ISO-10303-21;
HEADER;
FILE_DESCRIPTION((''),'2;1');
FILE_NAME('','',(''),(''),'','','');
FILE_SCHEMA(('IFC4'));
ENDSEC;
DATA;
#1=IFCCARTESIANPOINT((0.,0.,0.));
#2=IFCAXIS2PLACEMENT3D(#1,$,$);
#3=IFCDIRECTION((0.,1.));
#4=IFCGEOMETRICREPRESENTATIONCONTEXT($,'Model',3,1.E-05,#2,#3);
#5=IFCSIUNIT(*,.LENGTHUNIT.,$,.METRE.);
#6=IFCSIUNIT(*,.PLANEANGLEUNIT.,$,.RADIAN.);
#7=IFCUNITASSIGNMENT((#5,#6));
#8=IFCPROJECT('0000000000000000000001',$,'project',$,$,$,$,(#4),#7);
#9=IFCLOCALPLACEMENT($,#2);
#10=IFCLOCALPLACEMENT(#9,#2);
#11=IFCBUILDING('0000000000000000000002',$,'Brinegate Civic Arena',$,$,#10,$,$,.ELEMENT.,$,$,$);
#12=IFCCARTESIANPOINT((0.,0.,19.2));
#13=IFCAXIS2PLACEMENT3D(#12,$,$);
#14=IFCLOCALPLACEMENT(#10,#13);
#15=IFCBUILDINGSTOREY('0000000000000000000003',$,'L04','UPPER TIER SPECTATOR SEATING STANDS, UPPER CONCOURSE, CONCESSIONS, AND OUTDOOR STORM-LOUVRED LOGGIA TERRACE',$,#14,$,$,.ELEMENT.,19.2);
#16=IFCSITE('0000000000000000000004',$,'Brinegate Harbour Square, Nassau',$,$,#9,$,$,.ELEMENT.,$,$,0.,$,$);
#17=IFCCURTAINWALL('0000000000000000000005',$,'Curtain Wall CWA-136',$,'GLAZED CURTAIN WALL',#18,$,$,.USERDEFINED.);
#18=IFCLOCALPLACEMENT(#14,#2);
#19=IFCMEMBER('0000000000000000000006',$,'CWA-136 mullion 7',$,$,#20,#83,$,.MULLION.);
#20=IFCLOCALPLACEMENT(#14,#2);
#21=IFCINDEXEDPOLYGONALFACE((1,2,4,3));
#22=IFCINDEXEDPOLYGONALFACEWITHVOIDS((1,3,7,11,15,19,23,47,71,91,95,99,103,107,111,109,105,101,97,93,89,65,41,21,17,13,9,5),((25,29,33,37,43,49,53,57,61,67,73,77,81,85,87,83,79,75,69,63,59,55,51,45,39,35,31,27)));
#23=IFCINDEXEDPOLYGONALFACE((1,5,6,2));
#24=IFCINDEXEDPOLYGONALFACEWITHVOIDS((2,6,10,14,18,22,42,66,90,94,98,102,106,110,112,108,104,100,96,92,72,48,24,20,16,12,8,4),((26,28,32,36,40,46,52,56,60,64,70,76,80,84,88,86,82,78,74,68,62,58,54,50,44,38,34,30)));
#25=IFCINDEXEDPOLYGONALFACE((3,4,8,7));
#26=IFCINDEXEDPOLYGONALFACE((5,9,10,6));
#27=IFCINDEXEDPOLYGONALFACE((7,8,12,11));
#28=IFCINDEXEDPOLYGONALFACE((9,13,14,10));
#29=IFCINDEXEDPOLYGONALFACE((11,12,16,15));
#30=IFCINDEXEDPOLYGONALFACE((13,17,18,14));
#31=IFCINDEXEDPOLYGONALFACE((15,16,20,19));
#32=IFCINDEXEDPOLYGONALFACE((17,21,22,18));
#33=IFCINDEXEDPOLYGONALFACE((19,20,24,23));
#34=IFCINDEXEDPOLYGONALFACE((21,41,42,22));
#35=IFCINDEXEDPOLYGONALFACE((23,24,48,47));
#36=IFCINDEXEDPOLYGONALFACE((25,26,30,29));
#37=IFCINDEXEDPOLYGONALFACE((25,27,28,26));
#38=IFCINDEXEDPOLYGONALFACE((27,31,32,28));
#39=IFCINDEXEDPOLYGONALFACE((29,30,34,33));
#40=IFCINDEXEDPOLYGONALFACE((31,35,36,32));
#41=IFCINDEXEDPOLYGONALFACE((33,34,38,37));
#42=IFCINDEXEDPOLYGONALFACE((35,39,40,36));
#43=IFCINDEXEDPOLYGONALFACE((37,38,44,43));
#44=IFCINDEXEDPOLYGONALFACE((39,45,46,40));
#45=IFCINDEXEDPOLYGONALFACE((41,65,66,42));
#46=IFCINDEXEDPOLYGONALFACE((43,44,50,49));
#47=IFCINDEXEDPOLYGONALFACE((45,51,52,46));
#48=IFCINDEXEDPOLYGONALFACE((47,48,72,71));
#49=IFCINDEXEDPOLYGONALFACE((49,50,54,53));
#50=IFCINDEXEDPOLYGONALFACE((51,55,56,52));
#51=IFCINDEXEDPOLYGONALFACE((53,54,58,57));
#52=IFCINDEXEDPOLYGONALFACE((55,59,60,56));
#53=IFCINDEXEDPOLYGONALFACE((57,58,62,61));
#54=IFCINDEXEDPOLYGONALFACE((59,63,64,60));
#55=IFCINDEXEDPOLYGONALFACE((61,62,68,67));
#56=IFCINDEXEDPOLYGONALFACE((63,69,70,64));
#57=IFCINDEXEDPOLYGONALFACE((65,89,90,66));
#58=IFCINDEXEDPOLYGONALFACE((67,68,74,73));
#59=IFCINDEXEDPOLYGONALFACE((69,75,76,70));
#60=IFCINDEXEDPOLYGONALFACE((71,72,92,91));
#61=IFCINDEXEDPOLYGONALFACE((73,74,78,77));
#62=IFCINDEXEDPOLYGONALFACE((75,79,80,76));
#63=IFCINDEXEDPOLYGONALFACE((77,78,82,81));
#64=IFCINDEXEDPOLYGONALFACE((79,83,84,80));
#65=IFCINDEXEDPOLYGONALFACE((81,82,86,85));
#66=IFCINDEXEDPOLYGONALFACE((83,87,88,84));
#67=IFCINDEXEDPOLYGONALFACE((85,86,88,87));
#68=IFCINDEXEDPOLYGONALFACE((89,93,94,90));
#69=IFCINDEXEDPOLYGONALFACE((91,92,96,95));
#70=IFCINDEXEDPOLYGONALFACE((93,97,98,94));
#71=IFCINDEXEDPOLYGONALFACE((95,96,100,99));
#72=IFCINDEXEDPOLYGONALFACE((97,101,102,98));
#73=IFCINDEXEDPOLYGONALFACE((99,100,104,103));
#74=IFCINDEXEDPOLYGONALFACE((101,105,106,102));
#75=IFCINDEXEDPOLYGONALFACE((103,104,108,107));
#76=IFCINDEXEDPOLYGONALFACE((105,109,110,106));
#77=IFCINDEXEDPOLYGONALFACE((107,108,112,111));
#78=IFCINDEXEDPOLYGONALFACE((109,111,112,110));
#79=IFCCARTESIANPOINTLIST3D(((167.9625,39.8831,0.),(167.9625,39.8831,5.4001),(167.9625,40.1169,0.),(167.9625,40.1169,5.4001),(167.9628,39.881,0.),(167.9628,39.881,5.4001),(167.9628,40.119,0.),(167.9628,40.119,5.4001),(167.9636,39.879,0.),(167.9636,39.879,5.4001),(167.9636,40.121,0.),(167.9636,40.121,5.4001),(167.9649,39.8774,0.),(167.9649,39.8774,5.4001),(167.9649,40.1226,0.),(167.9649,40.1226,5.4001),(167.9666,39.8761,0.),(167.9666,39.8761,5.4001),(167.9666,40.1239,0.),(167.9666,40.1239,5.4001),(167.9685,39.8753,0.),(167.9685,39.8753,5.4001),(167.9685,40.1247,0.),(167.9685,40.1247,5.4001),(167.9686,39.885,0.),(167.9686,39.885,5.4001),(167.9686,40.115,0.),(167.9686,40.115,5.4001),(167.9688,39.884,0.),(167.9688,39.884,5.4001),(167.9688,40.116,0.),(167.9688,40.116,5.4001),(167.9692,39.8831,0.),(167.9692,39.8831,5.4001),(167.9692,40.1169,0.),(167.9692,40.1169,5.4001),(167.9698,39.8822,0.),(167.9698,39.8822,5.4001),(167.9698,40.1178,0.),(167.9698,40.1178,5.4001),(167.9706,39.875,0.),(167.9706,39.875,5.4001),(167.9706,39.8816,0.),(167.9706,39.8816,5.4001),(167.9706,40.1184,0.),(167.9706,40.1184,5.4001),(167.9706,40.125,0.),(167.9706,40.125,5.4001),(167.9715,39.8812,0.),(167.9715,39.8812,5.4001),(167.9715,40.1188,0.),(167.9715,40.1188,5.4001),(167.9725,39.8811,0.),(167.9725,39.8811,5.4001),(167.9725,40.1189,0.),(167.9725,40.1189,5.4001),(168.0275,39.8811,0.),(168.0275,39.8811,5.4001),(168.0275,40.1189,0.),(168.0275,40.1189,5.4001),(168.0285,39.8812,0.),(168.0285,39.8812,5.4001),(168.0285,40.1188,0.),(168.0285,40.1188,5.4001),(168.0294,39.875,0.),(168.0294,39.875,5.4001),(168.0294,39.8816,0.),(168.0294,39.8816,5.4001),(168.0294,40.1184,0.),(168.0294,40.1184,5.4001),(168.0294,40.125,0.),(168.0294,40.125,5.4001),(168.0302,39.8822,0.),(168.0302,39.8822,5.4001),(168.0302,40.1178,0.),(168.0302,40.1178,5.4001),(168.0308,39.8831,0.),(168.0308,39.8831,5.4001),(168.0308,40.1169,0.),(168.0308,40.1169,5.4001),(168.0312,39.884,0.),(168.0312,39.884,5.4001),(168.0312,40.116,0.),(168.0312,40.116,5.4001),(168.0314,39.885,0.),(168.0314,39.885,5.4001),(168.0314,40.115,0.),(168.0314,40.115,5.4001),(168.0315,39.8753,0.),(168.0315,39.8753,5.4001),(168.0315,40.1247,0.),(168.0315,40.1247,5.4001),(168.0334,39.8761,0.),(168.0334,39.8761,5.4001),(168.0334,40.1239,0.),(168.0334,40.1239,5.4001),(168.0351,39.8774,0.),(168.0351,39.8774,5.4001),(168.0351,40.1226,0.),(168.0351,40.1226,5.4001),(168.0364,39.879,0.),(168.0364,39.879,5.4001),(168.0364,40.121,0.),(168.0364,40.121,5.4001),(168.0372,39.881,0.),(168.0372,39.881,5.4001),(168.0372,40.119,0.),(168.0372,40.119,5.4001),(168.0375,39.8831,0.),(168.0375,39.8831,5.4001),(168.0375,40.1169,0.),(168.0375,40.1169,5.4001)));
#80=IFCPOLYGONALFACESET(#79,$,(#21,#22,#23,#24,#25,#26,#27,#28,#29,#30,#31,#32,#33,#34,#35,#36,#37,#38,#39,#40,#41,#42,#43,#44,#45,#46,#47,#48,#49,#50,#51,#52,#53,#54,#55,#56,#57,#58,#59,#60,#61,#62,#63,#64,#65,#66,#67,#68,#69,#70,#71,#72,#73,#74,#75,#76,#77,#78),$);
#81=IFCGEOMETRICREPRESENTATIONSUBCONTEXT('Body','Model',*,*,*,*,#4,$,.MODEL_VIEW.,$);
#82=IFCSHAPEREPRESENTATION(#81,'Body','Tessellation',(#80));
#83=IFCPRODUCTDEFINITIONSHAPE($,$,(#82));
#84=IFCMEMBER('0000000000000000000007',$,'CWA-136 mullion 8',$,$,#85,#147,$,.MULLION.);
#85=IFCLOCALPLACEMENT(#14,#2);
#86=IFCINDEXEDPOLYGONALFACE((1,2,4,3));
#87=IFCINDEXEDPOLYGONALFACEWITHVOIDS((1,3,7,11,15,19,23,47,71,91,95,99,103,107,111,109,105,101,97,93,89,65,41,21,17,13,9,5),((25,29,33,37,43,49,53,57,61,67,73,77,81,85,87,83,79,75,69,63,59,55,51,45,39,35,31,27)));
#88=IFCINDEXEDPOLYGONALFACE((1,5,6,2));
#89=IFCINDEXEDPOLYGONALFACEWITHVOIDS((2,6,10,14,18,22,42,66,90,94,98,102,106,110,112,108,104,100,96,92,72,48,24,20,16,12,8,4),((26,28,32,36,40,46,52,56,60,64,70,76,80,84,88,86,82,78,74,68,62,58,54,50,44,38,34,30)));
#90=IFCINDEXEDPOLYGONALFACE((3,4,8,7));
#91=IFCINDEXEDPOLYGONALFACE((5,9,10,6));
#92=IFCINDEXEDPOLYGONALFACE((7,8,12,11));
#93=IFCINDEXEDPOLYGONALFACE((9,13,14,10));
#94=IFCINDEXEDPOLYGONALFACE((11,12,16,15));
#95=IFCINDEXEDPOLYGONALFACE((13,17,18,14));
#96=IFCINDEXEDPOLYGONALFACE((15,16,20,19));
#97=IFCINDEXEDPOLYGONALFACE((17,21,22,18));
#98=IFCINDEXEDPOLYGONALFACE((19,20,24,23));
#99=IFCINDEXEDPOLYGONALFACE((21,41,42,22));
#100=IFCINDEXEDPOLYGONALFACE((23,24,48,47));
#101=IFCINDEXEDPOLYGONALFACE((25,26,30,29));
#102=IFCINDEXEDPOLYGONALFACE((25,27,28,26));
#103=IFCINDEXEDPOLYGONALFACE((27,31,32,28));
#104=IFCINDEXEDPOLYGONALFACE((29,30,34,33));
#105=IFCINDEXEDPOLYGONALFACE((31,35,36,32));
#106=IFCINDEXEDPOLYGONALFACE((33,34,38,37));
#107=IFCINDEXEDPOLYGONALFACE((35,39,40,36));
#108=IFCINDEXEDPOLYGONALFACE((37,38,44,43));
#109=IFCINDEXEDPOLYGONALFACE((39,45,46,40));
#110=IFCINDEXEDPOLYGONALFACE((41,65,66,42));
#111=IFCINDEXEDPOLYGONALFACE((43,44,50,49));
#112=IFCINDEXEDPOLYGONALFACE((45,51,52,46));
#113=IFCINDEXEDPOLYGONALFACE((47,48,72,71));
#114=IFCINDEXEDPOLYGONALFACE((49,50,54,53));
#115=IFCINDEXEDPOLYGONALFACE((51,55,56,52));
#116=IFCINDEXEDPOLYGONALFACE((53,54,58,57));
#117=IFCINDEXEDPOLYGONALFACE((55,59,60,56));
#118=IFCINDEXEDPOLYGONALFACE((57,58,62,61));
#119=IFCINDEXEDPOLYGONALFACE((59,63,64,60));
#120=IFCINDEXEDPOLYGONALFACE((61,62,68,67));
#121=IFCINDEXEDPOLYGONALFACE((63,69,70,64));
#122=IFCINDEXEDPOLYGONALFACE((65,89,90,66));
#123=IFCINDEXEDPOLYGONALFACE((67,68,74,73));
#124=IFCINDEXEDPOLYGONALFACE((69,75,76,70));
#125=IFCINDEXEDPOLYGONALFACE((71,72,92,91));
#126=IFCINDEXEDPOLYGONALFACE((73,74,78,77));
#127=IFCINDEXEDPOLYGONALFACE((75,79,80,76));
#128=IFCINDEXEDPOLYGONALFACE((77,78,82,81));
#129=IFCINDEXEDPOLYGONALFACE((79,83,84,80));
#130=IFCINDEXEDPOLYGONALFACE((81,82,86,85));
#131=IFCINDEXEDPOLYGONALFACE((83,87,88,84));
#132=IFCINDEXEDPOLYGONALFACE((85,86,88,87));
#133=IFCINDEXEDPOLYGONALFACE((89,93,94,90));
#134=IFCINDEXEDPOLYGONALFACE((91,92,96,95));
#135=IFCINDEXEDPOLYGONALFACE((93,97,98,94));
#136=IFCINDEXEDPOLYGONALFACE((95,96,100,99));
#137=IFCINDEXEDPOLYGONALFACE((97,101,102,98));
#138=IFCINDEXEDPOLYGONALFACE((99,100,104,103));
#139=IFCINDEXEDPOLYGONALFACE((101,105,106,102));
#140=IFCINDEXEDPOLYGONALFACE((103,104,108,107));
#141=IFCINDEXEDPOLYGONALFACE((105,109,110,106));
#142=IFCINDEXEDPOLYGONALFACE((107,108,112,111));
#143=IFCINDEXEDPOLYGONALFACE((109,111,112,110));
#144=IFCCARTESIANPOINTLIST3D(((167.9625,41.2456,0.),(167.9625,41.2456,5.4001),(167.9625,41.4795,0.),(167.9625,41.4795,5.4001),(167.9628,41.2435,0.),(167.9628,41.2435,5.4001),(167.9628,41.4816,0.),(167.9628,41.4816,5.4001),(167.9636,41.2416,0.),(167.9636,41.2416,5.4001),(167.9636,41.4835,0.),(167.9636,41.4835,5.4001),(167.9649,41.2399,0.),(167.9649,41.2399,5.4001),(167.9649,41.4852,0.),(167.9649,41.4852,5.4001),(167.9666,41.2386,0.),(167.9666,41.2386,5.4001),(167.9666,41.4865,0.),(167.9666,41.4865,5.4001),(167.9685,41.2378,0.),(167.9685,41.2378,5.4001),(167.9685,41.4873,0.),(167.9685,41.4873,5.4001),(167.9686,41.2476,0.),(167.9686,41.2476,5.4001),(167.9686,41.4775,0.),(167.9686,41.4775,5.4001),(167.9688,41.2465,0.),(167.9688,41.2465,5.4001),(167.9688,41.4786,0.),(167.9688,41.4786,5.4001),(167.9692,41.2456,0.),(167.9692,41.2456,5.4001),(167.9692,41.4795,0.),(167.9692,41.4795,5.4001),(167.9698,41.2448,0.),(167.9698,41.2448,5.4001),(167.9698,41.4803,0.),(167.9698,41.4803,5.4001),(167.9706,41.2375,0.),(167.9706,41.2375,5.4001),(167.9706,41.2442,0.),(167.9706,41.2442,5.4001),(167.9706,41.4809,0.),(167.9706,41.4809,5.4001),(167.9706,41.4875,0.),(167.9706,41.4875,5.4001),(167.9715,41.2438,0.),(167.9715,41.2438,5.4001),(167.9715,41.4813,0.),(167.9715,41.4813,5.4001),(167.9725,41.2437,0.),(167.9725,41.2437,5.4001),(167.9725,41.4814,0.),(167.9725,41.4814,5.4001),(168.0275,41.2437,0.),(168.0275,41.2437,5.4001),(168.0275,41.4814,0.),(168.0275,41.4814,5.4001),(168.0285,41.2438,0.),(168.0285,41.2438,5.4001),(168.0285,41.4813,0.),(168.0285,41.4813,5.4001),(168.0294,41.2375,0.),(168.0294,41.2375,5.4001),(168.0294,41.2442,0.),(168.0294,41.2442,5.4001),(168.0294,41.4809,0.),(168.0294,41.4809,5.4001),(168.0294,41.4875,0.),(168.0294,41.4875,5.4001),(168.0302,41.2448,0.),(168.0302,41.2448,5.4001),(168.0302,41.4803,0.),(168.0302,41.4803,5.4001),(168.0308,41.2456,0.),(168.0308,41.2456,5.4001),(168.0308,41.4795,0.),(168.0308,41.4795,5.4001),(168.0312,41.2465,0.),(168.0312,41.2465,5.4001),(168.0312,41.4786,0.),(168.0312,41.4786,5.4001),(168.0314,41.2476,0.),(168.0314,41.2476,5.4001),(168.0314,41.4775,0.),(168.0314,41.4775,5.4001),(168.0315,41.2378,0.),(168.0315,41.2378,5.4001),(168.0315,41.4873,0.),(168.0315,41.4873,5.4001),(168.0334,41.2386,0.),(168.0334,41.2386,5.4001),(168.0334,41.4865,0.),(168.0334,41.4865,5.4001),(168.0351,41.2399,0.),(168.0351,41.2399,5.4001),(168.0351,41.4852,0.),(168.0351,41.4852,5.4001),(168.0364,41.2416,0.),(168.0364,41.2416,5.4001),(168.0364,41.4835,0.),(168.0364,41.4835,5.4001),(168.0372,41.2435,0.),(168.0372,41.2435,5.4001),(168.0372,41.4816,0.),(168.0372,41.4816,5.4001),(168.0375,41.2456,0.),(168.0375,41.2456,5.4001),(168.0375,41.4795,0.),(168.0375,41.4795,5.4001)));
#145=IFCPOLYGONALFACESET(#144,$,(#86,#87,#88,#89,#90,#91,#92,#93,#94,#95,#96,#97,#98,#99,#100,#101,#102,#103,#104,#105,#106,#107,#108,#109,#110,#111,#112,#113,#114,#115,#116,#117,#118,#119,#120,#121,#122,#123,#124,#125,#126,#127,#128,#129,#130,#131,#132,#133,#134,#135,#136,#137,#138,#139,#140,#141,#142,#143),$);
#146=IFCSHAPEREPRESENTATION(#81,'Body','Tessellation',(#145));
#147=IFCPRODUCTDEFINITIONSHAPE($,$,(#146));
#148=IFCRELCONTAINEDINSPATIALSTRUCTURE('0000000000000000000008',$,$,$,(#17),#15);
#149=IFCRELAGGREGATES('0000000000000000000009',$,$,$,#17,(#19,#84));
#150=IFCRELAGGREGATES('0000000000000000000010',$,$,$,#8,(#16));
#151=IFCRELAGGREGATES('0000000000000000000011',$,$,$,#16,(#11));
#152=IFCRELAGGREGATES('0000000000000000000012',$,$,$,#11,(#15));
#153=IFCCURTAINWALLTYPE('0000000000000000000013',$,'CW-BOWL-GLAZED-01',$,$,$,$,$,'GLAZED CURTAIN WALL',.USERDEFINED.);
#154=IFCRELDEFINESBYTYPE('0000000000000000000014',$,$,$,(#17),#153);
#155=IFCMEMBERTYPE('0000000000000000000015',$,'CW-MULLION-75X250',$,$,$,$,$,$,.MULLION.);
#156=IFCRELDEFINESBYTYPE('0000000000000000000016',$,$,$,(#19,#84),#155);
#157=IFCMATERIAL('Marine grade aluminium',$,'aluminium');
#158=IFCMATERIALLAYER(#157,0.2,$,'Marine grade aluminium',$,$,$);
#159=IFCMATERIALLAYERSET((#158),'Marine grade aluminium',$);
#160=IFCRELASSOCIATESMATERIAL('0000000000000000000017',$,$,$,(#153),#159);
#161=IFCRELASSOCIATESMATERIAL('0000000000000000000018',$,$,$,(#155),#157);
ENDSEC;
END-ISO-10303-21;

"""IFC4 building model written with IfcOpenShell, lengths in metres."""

from ifc_helpers import new_model, si_unit, direction, frame, origin, origin_2d, place, context, subcontext, project, spatial, hollow_rectangle, extrude, material, layer, layer_set, material_profile, profile_set, type_object, element, aggregate, save


model = new_model("IFC4")

# Units and contexts
model_context = context("Model", 3, precision=1e-05, world=origin(), true_north=direction((0.0, 1.0)))
body_context = subcontext(model_context, "Body", "Model", "MODEL_VIEW")
ifc_project = project(units=[si_unit("LENGTHUNIT", "METRE"), si_unit("PLANEANGLEUNIT", "RADIAN")], contexts=[model_context])

# Site, building, storey
site_placement = place(None, origin())
site = spatial("IfcSite", under=ifc_project, at=site_placement, Name="Brinegate Harbour Square, Nassau", CompositionType="ELEMENT", RefElevation=0.0)
building_placement = place(site_placement, origin())
building = spatial("IfcBuilding", under=site, at=building_placement, Name="Brinegate Civic Arena", CompositionType="ELEMENT")
storey_placement = place(building_placement, frame((0.0, 0.0, 19.2)))
storey = spatial("IfcBuildingStorey", under=building, at=storey_placement, Name="L04", Description="UPPER TIER SPECTATOR SEATING STANDS, UPPER CONCOURSE, CONCESSIONS, AND OUTDOOR STORM-LOUVRED LOGGIA TERRACE", CompositionType="ELEMENT", Elevation=19.2)

# Curtain wall, members
ifc_material_1 = material(Name="Marine grade aluminium", Category="aluminium")
ifc_layer_1 = layer(ifc_material_1, 0.2, Name="Marine grade aluminium")
ifc_layer_set_1 = layer_set([ifc_layer_1], Name="Marine grade aluminium")
curtain_wall_type = type_object("IfcCurtainWallType", Name="CW-BOWL-GLAZED-01", ElementType="GLAZED CURTAIN WALL", PredefinedType="USERDEFINED", material=ifc_layer_set_1)
curtain_wall_placement = place(storey_placement, origin())
curtain_wall = element("IfcCurtainWall", 1, at=curtain_wall_placement, inside=storey, type_object=curtain_wall_type, Name="Curtain Wall CWA-136", ObjectType="GLAZED CURTAIN WALL", PredefinedType="USERDEFINED")
ifc_material_profile_1 = material_profile(ifc_material_1, hollow_rectangle(XDim=0.075, YDim=0.25, WallThickness=0.0061, InnerFilletRadius=0.0039, OuterFilletRadius=0.0081, at=origin_2d()), Name="MUL75X250")
ifc_profile_set_1 = profile_set([ifc_material_profile_1], Name="Marine grade aluminium")
member_type_1 = type_object("IfcMemberType", Name="CW-MULLION-75X250", PredefinedType="MULLION", material=ifc_profile_set_1)
member_1_placement = place(storey_placement, frame((168.0, 40.0, 0.0), z_axis=(0.0, 0.0, 1.0), x_axis=(-1.0, 0.0, 0.0)))
member_1 = element("IfcMember", 2, at=member_1_placement, type_object=member_type_1, Name="CWA-136 mullion 7", PredefinedType="MULLION", context=body_context, shape_type="SweptSolid", body=[
    extrude(hollow_rectangle(XDim=0.075, YDim=0.25, WallThickness=0.0061, InnerFilletRadius=0.0039, OuterFilletRadius=0.0081, at=origin_2d()), origin(), (0.0, 0.0, 1.0), 5.4001),
])
member_2_placement = place(storey_placement, frame((168.0, 41.3625, 0.0), z_axis=(0.0, 0.0, 1.0), x_axis=(-1.0, 0.0, 0.0)))
member_2 = element("IfcMember", 3, at=member_2_placement, type_object=member_type_1, Name="CWA-136 mullion 8", PredefinedType="MULLION", context=body_context, shape_type="SweptSolid", body=[
    extrude(hollow_rectangle(XDim=0.075, YDim=0.25, WallThickness=0.0061, InnerFilletRadius=0.0039, OuterFilletRadius=0.0081, at=origin_2d()), origin(), (0.0, 0.0, 1.0), 5.4001),
])

aggregate(curtain_wall, [member_1, member_2])

save(model, "model.ifc")
